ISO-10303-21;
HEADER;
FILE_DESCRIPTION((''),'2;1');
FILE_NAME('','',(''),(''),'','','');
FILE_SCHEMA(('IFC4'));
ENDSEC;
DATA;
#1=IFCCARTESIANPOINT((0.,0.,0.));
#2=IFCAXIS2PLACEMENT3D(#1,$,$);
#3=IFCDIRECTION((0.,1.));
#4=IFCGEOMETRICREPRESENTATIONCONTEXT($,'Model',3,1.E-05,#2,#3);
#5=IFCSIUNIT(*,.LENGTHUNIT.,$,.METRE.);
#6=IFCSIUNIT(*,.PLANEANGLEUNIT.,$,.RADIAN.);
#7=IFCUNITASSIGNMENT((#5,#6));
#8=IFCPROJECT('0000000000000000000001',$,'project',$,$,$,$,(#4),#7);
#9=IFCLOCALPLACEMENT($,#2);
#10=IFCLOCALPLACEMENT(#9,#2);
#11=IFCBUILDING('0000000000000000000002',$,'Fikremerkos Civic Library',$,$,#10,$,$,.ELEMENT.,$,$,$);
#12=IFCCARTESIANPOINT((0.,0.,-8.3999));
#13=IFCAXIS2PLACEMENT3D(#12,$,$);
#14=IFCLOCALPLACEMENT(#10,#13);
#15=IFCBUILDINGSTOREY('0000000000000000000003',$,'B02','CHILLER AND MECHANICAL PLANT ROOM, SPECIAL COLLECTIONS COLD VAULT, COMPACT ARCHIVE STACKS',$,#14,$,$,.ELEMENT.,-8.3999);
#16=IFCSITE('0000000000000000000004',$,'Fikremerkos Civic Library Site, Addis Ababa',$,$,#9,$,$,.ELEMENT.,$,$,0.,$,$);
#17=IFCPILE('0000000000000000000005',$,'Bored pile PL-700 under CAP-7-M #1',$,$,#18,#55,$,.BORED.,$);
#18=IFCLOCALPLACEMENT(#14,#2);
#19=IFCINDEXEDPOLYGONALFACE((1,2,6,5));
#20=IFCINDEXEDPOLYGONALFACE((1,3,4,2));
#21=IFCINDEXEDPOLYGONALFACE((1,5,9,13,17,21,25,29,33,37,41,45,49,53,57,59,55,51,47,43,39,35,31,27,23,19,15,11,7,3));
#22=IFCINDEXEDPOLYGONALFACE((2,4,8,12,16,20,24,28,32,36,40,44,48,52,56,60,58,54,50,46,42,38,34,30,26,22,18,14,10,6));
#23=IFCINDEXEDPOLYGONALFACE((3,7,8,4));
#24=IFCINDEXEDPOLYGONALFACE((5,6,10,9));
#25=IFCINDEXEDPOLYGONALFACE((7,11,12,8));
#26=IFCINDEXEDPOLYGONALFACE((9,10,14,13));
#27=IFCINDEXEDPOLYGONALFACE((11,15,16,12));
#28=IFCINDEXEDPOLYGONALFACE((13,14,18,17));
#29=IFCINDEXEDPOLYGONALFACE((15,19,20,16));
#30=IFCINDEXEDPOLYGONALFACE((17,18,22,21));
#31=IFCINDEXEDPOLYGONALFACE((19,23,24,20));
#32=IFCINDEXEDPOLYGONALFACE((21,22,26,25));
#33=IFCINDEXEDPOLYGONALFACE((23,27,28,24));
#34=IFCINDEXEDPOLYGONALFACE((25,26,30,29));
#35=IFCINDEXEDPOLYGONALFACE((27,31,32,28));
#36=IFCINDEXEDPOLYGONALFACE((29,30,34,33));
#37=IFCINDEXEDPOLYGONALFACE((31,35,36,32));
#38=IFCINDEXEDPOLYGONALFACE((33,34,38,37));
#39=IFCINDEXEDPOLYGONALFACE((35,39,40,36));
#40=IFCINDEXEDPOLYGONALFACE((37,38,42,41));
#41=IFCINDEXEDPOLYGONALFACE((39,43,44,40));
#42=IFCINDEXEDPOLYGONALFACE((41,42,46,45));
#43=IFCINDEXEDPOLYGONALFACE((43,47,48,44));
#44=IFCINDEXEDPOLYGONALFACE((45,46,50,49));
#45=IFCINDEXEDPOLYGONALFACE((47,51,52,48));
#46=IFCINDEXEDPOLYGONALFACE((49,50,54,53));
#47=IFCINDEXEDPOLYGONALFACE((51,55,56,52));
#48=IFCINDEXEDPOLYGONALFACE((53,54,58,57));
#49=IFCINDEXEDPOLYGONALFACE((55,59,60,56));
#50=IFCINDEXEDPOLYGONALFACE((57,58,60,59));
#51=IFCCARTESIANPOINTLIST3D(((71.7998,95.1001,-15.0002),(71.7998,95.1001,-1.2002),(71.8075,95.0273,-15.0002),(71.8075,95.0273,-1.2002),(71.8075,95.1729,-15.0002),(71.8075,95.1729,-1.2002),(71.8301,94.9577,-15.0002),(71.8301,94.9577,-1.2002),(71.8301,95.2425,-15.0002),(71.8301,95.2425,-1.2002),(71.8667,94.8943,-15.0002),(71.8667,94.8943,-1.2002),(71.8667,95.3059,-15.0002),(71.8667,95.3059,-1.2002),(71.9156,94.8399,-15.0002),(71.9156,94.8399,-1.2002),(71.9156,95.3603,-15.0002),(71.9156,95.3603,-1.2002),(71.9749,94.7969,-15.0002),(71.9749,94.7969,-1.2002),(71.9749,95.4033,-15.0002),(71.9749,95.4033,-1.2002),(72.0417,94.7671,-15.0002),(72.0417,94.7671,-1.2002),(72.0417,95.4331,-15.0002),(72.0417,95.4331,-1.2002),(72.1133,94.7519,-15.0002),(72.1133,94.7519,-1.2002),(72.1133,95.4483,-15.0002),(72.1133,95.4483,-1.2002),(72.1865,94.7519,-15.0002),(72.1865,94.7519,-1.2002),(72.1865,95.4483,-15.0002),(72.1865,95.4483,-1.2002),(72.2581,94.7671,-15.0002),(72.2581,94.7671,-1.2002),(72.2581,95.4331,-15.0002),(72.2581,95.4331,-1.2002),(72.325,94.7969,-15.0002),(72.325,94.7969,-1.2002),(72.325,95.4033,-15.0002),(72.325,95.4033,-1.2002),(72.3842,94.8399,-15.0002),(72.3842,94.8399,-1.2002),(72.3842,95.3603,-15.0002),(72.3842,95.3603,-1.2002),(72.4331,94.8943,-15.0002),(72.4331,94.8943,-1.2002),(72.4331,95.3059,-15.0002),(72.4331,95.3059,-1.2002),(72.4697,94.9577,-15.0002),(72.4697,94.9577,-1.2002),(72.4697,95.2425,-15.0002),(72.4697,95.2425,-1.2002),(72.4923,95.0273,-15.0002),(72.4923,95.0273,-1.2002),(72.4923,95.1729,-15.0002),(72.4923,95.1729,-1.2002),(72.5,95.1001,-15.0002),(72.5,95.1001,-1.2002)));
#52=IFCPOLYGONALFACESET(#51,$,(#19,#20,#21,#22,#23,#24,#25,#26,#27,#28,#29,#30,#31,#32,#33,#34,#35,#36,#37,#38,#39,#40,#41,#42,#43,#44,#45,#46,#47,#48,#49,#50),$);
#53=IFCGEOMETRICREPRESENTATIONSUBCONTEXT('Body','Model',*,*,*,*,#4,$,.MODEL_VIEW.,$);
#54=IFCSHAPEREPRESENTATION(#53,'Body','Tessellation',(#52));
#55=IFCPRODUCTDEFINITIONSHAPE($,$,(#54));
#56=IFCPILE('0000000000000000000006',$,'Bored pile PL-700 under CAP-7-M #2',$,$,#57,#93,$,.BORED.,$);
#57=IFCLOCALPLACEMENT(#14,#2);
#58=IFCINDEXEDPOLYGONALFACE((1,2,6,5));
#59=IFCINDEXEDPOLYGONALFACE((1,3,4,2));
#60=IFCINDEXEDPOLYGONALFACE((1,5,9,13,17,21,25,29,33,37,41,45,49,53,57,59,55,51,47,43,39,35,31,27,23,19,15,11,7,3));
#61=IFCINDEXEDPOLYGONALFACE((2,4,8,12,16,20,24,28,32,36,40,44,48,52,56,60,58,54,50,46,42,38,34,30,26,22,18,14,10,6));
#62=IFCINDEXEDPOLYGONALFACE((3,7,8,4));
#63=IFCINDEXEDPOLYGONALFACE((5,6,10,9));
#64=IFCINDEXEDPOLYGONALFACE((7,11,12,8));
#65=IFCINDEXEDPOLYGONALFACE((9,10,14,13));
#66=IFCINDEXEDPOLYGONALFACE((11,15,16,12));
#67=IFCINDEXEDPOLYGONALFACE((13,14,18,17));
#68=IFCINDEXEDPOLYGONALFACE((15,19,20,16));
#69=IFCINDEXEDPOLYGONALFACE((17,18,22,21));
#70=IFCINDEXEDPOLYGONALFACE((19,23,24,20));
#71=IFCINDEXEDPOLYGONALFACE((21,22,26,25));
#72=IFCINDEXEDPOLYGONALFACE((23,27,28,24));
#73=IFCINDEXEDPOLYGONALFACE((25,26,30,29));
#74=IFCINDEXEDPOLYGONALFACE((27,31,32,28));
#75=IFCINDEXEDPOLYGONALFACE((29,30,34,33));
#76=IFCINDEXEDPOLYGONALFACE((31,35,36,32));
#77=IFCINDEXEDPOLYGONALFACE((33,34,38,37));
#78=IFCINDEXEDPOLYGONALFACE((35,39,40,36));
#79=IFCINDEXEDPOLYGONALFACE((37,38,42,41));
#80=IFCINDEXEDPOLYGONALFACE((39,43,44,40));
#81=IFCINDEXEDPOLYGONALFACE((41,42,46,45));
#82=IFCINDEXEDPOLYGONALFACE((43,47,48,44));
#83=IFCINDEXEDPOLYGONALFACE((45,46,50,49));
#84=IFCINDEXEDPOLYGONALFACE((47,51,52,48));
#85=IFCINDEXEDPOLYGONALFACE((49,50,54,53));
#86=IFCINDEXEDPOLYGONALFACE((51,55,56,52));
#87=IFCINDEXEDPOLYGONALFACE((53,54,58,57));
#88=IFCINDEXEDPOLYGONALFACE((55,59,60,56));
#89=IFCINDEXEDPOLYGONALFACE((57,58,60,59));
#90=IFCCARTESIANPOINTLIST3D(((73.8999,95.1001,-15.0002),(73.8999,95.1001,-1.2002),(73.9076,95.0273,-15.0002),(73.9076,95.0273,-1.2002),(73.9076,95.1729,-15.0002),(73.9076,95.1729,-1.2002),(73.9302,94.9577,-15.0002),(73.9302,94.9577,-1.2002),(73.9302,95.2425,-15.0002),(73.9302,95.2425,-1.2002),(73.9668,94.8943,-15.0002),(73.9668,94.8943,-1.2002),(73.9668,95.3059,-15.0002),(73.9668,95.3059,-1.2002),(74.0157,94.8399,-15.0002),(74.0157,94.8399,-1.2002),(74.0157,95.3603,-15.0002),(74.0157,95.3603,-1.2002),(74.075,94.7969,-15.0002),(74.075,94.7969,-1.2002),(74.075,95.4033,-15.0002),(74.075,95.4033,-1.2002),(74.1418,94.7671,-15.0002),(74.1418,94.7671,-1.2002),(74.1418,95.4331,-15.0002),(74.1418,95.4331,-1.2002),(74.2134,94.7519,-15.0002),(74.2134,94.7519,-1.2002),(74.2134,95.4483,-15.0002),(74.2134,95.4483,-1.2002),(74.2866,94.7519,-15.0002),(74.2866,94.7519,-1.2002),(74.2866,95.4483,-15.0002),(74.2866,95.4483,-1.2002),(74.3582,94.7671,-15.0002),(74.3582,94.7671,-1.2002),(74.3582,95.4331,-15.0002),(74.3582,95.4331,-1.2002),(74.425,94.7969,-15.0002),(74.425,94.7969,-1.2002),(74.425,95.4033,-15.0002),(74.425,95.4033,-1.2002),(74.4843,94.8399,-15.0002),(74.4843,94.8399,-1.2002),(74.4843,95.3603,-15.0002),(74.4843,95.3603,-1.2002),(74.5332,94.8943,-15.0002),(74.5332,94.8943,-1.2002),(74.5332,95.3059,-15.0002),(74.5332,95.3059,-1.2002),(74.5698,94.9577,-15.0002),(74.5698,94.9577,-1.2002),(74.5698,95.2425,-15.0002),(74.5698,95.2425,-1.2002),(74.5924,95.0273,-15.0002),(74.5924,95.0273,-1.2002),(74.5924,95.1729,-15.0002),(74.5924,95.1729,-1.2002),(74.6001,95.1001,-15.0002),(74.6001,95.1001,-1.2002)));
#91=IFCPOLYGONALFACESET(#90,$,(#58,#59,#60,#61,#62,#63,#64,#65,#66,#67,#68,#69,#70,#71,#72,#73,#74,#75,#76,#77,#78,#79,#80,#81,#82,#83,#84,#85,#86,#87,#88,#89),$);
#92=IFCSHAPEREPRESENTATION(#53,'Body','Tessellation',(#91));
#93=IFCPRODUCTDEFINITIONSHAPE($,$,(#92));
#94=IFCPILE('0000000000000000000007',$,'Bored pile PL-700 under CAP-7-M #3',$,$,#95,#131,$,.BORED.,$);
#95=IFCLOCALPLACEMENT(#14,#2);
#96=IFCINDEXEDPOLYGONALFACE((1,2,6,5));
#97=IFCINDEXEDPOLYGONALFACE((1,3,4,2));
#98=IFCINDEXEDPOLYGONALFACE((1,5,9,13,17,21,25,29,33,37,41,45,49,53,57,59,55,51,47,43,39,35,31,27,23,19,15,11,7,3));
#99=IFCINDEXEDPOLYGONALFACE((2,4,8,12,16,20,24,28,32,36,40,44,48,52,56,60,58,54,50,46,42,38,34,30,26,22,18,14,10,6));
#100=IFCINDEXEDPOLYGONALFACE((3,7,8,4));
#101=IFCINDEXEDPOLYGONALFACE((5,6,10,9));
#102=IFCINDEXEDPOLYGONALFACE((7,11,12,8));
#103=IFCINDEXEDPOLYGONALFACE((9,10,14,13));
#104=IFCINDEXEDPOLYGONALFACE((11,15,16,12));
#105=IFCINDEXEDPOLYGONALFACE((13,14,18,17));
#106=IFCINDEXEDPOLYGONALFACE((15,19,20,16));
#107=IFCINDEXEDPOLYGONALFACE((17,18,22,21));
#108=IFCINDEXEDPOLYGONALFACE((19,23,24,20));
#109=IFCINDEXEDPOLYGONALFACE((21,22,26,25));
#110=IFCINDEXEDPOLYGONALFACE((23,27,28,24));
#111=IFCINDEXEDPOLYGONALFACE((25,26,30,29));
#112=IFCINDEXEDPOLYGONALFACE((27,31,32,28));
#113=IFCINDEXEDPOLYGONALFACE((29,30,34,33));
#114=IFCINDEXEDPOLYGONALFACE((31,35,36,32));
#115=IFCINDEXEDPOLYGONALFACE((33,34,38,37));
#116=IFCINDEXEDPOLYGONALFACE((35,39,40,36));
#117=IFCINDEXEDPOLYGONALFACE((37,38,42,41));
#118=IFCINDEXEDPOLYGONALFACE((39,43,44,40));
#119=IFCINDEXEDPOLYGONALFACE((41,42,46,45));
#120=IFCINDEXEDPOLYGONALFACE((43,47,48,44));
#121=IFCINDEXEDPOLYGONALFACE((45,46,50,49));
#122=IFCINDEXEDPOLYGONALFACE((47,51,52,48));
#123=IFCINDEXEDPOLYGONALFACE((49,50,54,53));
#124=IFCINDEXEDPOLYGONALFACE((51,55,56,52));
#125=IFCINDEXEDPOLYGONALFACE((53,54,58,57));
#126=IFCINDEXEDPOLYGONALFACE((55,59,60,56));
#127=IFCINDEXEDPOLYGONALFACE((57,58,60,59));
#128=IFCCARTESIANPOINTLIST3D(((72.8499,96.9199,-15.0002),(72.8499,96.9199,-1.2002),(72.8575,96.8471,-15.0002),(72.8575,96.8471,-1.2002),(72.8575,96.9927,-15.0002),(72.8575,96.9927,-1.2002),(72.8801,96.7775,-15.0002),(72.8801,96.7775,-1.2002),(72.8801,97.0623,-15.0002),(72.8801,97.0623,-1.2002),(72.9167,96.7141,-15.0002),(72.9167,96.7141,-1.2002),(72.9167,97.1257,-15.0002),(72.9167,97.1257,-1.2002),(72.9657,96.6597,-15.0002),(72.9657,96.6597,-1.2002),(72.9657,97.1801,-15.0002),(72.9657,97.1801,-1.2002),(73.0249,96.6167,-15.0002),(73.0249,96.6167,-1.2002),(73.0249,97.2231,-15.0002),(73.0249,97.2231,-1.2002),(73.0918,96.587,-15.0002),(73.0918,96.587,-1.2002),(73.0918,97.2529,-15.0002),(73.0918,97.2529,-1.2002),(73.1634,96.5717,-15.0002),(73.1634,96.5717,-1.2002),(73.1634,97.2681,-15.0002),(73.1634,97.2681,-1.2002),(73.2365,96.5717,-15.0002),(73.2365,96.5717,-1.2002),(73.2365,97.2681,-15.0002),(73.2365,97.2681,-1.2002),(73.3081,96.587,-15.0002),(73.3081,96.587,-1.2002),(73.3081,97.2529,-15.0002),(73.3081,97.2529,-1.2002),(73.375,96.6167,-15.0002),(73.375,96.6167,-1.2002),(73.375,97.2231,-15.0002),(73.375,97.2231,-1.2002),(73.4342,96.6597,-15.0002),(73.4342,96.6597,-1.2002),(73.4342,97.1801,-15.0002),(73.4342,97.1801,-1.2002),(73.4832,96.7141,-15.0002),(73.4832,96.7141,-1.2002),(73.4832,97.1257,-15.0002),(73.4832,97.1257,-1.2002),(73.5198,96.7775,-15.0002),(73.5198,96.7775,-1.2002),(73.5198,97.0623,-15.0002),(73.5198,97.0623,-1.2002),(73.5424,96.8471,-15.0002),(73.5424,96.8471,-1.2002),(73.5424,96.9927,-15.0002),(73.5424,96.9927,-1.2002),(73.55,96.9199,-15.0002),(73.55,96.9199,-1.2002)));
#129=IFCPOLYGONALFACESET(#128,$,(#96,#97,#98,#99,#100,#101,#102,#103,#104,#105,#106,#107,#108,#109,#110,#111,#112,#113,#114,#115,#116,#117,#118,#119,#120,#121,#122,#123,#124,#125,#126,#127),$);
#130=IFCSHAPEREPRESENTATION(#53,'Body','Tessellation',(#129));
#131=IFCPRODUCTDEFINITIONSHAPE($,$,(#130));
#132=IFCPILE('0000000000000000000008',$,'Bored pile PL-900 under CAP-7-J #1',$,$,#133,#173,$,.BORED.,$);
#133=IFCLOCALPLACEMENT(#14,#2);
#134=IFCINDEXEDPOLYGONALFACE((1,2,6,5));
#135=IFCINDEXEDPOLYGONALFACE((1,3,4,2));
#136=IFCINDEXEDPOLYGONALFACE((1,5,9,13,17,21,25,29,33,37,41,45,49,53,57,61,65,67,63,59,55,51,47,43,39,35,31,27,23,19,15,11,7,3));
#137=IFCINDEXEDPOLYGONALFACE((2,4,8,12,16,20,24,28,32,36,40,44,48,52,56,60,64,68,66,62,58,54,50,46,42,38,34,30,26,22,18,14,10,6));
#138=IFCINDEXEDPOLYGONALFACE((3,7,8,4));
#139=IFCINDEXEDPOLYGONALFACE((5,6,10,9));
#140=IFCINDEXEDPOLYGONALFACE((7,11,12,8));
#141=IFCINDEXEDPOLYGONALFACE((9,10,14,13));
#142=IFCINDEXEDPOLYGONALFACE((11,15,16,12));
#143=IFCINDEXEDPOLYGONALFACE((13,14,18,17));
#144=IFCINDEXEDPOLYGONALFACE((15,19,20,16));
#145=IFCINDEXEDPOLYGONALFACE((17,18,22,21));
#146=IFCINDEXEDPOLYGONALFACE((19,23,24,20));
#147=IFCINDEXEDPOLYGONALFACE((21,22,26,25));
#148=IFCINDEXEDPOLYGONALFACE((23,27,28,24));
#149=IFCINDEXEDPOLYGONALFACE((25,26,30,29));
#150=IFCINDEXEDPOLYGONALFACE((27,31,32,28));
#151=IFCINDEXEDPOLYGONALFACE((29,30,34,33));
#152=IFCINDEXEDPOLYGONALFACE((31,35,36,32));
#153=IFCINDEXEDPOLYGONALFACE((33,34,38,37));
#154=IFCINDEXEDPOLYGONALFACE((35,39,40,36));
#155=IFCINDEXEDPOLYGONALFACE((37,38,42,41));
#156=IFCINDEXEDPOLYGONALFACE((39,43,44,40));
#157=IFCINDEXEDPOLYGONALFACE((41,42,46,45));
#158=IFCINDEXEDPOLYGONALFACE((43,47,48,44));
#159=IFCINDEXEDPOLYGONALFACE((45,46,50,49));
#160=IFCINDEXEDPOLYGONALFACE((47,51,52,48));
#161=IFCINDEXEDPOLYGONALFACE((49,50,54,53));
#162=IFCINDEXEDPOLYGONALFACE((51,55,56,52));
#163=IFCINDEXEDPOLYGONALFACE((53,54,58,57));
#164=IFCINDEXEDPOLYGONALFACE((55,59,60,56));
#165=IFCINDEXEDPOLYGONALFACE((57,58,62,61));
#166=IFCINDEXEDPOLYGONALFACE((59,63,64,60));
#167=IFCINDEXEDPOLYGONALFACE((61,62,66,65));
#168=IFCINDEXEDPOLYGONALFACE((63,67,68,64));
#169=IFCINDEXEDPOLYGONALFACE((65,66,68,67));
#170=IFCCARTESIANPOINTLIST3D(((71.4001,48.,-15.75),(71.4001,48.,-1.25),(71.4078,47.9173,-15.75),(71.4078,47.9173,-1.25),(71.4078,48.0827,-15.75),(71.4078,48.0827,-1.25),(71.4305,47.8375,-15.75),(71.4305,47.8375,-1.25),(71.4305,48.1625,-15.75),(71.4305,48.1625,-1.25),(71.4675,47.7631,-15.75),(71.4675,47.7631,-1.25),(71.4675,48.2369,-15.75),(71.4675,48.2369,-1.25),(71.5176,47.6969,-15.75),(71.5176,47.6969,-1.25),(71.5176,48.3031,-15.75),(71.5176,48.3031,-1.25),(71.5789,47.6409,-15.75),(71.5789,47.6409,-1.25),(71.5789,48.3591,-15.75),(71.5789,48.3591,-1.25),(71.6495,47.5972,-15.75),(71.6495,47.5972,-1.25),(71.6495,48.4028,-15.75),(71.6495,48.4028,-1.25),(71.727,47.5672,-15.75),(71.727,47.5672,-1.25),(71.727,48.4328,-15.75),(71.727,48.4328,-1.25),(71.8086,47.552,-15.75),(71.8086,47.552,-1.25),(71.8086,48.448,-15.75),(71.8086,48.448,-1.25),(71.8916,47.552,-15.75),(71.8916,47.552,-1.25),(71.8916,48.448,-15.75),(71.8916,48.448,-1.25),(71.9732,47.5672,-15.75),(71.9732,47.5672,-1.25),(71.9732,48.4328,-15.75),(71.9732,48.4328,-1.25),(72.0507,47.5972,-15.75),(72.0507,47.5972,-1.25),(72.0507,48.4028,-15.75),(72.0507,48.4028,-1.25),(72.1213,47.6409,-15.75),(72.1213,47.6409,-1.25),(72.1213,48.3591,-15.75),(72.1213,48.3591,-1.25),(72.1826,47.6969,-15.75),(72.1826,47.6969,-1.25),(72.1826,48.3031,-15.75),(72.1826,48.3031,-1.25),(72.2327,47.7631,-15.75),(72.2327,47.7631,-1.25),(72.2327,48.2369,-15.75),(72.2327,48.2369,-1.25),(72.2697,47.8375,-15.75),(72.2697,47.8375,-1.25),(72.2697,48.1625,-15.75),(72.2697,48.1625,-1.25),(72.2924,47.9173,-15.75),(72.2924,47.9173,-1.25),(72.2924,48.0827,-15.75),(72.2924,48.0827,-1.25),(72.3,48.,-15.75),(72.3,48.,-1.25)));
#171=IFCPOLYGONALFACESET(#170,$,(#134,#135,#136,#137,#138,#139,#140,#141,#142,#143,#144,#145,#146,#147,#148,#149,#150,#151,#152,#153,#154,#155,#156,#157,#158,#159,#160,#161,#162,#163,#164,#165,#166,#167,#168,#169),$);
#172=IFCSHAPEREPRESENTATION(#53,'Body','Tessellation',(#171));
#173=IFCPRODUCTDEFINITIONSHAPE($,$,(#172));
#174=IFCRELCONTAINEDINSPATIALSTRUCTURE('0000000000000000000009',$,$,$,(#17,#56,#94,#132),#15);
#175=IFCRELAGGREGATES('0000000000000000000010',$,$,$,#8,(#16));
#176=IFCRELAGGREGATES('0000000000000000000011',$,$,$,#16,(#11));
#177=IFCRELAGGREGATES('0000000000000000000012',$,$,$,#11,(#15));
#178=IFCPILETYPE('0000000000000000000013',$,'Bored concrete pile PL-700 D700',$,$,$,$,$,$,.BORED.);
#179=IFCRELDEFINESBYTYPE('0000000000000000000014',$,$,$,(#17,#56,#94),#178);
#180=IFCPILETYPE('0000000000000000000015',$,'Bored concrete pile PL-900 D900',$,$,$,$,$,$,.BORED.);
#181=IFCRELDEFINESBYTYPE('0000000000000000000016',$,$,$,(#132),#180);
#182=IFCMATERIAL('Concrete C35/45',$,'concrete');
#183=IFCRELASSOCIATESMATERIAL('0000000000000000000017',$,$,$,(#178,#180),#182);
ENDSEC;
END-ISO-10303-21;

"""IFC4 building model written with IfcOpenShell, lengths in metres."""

from ifc_helpers import new_model, si_unit, direction, frame, origin, origin_2d, place, context, subcontext, project, spatial, circle, extrude, material, material_profile, profile_set, type_object, element, save


model = new_model("IFC4")

# Units and contexts
model_context = context("Model", 3, precision=1e-05, world=origin(), true_north=direction((0.0, 1.0)))
body_context = subcontext(model_context, "Body", "Model", "MODEL_VIEW")
ifc_project = project(units=[si_unit("LENGTHUNIT", "METRE"), si_unit("PLANEANGLEUNIT", "RADIAN")], contexts=[model_context])

# Site, building, storey
site_placement = place(None, origin())
site = spatial("IfcSite", under=ifc_project, at=site_placement, Name="Fikremerkos Civic Library Site, Addis Ababa", CompositionType="ELEMENT", RefElevation=0.0)
building_placement = place(site_placement, origin())
building = spatial("IfcBuilding", under=site, at=building_placement, Name="Fikremerkos Civic Library", CompositionType="ELEMENT")
storey_placement = place(building_placement, frame((0.0, 0.0, -8.3999)))
storey = spatial("IfcBuildingStorey", under=building, at=storey_placement, Name="B02", Description="CHILLER AND MECHANICAL PLANT ROOM, SPECIAL COLLECTIONS COLD VAULT, COMPACT ARCHIVE STACKS", CompositionType="ELEMENT", Elevation=-8.3999)

# Piles
ifc_material_1 = material(Name="Concrete C35/45", Category="concrete")
ifc_material_profile_1 = material_profile(ifc_material_1, circle(Radius=0.3501, at=origin_2d()), Name="BORED PILE 700")
ifc_profile_set_1 = profile_set([ifc_material_profile_1], Name="Concrete C35/45")
pile_type_1 = type_object("IfcPileType", Name="Bored concrete pile PL-700 D700", PredefinedType="BORED", material=ifc_profile_set_1)
for number, where, z_axis, x_axis, name in (
    (1, (72.1499, 95.1001, -1.2002), (0.0, 0.0, -1.0), (1.0, 0.0, 0.0), "Bored pile PL-700 under CAP-7-M #1"),
    (2, (74.25, 95.1001, -1.2002), (0.0, 0.0, -1.0), (1.0, 0.0, 0.0), "Bored pile PL-700 under CAP-7-M #2"),
    (3, (73.2, 96.9199, -1.2002), (0.0, 0.0, -1.0), (1.0, 0.0, 0.0), "Bored pile PL-700 under CAP-7-M #3"),
):
    element("IfcPile", number, at=place(storey_placement, frame(where, z_axis=z_axis, x_axis=x_axis)), inside=storey, type_object=pile_type_1, Name=name, PredefinedType="BORED", context=body_context, shape_type="SweptSolid", body=[
        extrude(circle(Radius=0.3501, at=origin_2d()), origin(), (0.0, 0.0, 1.0), 13.8),
    ])
ifc_material_profile_2 = material_profile(ifc_material_1, circle(Radius=0.45, at=origin_2d()), Name="BORED PILE 900")
ifc_profile_set_2 = profile_set([ifc_material_profile_2], Name="Concrete C35/45")
pile_type_2 = type_object("IfcPileType", Name="Bored concrete pile PL-900 D900", PredefinedType="BORED", material=ifc_profile_set_2)
for number, where, z_axis, x_axis, name in (
    (4, (71.8501, 48.0, -1.25), (0.0, 0.0, -1.0), (1.0, 0.0, 0.0), "Bored pile PL-900 under CAP-7-J #1"),
):
    element("IfcPile", number, at=place(storey_placement, frame(where, z_axis=z_axis, x_axis=x_axis)), inside=storey, type_object=pile_type_2, Name=name, PredefinedType="BORED", context=body_context, shape_type="SweptSolid", body=[
        extrude(circle(Radius=0.45, at=origin_2d()), origin(), (0.0, 0.0, 1.0), 14.5),
    ])

save(model, "model.ifc")
